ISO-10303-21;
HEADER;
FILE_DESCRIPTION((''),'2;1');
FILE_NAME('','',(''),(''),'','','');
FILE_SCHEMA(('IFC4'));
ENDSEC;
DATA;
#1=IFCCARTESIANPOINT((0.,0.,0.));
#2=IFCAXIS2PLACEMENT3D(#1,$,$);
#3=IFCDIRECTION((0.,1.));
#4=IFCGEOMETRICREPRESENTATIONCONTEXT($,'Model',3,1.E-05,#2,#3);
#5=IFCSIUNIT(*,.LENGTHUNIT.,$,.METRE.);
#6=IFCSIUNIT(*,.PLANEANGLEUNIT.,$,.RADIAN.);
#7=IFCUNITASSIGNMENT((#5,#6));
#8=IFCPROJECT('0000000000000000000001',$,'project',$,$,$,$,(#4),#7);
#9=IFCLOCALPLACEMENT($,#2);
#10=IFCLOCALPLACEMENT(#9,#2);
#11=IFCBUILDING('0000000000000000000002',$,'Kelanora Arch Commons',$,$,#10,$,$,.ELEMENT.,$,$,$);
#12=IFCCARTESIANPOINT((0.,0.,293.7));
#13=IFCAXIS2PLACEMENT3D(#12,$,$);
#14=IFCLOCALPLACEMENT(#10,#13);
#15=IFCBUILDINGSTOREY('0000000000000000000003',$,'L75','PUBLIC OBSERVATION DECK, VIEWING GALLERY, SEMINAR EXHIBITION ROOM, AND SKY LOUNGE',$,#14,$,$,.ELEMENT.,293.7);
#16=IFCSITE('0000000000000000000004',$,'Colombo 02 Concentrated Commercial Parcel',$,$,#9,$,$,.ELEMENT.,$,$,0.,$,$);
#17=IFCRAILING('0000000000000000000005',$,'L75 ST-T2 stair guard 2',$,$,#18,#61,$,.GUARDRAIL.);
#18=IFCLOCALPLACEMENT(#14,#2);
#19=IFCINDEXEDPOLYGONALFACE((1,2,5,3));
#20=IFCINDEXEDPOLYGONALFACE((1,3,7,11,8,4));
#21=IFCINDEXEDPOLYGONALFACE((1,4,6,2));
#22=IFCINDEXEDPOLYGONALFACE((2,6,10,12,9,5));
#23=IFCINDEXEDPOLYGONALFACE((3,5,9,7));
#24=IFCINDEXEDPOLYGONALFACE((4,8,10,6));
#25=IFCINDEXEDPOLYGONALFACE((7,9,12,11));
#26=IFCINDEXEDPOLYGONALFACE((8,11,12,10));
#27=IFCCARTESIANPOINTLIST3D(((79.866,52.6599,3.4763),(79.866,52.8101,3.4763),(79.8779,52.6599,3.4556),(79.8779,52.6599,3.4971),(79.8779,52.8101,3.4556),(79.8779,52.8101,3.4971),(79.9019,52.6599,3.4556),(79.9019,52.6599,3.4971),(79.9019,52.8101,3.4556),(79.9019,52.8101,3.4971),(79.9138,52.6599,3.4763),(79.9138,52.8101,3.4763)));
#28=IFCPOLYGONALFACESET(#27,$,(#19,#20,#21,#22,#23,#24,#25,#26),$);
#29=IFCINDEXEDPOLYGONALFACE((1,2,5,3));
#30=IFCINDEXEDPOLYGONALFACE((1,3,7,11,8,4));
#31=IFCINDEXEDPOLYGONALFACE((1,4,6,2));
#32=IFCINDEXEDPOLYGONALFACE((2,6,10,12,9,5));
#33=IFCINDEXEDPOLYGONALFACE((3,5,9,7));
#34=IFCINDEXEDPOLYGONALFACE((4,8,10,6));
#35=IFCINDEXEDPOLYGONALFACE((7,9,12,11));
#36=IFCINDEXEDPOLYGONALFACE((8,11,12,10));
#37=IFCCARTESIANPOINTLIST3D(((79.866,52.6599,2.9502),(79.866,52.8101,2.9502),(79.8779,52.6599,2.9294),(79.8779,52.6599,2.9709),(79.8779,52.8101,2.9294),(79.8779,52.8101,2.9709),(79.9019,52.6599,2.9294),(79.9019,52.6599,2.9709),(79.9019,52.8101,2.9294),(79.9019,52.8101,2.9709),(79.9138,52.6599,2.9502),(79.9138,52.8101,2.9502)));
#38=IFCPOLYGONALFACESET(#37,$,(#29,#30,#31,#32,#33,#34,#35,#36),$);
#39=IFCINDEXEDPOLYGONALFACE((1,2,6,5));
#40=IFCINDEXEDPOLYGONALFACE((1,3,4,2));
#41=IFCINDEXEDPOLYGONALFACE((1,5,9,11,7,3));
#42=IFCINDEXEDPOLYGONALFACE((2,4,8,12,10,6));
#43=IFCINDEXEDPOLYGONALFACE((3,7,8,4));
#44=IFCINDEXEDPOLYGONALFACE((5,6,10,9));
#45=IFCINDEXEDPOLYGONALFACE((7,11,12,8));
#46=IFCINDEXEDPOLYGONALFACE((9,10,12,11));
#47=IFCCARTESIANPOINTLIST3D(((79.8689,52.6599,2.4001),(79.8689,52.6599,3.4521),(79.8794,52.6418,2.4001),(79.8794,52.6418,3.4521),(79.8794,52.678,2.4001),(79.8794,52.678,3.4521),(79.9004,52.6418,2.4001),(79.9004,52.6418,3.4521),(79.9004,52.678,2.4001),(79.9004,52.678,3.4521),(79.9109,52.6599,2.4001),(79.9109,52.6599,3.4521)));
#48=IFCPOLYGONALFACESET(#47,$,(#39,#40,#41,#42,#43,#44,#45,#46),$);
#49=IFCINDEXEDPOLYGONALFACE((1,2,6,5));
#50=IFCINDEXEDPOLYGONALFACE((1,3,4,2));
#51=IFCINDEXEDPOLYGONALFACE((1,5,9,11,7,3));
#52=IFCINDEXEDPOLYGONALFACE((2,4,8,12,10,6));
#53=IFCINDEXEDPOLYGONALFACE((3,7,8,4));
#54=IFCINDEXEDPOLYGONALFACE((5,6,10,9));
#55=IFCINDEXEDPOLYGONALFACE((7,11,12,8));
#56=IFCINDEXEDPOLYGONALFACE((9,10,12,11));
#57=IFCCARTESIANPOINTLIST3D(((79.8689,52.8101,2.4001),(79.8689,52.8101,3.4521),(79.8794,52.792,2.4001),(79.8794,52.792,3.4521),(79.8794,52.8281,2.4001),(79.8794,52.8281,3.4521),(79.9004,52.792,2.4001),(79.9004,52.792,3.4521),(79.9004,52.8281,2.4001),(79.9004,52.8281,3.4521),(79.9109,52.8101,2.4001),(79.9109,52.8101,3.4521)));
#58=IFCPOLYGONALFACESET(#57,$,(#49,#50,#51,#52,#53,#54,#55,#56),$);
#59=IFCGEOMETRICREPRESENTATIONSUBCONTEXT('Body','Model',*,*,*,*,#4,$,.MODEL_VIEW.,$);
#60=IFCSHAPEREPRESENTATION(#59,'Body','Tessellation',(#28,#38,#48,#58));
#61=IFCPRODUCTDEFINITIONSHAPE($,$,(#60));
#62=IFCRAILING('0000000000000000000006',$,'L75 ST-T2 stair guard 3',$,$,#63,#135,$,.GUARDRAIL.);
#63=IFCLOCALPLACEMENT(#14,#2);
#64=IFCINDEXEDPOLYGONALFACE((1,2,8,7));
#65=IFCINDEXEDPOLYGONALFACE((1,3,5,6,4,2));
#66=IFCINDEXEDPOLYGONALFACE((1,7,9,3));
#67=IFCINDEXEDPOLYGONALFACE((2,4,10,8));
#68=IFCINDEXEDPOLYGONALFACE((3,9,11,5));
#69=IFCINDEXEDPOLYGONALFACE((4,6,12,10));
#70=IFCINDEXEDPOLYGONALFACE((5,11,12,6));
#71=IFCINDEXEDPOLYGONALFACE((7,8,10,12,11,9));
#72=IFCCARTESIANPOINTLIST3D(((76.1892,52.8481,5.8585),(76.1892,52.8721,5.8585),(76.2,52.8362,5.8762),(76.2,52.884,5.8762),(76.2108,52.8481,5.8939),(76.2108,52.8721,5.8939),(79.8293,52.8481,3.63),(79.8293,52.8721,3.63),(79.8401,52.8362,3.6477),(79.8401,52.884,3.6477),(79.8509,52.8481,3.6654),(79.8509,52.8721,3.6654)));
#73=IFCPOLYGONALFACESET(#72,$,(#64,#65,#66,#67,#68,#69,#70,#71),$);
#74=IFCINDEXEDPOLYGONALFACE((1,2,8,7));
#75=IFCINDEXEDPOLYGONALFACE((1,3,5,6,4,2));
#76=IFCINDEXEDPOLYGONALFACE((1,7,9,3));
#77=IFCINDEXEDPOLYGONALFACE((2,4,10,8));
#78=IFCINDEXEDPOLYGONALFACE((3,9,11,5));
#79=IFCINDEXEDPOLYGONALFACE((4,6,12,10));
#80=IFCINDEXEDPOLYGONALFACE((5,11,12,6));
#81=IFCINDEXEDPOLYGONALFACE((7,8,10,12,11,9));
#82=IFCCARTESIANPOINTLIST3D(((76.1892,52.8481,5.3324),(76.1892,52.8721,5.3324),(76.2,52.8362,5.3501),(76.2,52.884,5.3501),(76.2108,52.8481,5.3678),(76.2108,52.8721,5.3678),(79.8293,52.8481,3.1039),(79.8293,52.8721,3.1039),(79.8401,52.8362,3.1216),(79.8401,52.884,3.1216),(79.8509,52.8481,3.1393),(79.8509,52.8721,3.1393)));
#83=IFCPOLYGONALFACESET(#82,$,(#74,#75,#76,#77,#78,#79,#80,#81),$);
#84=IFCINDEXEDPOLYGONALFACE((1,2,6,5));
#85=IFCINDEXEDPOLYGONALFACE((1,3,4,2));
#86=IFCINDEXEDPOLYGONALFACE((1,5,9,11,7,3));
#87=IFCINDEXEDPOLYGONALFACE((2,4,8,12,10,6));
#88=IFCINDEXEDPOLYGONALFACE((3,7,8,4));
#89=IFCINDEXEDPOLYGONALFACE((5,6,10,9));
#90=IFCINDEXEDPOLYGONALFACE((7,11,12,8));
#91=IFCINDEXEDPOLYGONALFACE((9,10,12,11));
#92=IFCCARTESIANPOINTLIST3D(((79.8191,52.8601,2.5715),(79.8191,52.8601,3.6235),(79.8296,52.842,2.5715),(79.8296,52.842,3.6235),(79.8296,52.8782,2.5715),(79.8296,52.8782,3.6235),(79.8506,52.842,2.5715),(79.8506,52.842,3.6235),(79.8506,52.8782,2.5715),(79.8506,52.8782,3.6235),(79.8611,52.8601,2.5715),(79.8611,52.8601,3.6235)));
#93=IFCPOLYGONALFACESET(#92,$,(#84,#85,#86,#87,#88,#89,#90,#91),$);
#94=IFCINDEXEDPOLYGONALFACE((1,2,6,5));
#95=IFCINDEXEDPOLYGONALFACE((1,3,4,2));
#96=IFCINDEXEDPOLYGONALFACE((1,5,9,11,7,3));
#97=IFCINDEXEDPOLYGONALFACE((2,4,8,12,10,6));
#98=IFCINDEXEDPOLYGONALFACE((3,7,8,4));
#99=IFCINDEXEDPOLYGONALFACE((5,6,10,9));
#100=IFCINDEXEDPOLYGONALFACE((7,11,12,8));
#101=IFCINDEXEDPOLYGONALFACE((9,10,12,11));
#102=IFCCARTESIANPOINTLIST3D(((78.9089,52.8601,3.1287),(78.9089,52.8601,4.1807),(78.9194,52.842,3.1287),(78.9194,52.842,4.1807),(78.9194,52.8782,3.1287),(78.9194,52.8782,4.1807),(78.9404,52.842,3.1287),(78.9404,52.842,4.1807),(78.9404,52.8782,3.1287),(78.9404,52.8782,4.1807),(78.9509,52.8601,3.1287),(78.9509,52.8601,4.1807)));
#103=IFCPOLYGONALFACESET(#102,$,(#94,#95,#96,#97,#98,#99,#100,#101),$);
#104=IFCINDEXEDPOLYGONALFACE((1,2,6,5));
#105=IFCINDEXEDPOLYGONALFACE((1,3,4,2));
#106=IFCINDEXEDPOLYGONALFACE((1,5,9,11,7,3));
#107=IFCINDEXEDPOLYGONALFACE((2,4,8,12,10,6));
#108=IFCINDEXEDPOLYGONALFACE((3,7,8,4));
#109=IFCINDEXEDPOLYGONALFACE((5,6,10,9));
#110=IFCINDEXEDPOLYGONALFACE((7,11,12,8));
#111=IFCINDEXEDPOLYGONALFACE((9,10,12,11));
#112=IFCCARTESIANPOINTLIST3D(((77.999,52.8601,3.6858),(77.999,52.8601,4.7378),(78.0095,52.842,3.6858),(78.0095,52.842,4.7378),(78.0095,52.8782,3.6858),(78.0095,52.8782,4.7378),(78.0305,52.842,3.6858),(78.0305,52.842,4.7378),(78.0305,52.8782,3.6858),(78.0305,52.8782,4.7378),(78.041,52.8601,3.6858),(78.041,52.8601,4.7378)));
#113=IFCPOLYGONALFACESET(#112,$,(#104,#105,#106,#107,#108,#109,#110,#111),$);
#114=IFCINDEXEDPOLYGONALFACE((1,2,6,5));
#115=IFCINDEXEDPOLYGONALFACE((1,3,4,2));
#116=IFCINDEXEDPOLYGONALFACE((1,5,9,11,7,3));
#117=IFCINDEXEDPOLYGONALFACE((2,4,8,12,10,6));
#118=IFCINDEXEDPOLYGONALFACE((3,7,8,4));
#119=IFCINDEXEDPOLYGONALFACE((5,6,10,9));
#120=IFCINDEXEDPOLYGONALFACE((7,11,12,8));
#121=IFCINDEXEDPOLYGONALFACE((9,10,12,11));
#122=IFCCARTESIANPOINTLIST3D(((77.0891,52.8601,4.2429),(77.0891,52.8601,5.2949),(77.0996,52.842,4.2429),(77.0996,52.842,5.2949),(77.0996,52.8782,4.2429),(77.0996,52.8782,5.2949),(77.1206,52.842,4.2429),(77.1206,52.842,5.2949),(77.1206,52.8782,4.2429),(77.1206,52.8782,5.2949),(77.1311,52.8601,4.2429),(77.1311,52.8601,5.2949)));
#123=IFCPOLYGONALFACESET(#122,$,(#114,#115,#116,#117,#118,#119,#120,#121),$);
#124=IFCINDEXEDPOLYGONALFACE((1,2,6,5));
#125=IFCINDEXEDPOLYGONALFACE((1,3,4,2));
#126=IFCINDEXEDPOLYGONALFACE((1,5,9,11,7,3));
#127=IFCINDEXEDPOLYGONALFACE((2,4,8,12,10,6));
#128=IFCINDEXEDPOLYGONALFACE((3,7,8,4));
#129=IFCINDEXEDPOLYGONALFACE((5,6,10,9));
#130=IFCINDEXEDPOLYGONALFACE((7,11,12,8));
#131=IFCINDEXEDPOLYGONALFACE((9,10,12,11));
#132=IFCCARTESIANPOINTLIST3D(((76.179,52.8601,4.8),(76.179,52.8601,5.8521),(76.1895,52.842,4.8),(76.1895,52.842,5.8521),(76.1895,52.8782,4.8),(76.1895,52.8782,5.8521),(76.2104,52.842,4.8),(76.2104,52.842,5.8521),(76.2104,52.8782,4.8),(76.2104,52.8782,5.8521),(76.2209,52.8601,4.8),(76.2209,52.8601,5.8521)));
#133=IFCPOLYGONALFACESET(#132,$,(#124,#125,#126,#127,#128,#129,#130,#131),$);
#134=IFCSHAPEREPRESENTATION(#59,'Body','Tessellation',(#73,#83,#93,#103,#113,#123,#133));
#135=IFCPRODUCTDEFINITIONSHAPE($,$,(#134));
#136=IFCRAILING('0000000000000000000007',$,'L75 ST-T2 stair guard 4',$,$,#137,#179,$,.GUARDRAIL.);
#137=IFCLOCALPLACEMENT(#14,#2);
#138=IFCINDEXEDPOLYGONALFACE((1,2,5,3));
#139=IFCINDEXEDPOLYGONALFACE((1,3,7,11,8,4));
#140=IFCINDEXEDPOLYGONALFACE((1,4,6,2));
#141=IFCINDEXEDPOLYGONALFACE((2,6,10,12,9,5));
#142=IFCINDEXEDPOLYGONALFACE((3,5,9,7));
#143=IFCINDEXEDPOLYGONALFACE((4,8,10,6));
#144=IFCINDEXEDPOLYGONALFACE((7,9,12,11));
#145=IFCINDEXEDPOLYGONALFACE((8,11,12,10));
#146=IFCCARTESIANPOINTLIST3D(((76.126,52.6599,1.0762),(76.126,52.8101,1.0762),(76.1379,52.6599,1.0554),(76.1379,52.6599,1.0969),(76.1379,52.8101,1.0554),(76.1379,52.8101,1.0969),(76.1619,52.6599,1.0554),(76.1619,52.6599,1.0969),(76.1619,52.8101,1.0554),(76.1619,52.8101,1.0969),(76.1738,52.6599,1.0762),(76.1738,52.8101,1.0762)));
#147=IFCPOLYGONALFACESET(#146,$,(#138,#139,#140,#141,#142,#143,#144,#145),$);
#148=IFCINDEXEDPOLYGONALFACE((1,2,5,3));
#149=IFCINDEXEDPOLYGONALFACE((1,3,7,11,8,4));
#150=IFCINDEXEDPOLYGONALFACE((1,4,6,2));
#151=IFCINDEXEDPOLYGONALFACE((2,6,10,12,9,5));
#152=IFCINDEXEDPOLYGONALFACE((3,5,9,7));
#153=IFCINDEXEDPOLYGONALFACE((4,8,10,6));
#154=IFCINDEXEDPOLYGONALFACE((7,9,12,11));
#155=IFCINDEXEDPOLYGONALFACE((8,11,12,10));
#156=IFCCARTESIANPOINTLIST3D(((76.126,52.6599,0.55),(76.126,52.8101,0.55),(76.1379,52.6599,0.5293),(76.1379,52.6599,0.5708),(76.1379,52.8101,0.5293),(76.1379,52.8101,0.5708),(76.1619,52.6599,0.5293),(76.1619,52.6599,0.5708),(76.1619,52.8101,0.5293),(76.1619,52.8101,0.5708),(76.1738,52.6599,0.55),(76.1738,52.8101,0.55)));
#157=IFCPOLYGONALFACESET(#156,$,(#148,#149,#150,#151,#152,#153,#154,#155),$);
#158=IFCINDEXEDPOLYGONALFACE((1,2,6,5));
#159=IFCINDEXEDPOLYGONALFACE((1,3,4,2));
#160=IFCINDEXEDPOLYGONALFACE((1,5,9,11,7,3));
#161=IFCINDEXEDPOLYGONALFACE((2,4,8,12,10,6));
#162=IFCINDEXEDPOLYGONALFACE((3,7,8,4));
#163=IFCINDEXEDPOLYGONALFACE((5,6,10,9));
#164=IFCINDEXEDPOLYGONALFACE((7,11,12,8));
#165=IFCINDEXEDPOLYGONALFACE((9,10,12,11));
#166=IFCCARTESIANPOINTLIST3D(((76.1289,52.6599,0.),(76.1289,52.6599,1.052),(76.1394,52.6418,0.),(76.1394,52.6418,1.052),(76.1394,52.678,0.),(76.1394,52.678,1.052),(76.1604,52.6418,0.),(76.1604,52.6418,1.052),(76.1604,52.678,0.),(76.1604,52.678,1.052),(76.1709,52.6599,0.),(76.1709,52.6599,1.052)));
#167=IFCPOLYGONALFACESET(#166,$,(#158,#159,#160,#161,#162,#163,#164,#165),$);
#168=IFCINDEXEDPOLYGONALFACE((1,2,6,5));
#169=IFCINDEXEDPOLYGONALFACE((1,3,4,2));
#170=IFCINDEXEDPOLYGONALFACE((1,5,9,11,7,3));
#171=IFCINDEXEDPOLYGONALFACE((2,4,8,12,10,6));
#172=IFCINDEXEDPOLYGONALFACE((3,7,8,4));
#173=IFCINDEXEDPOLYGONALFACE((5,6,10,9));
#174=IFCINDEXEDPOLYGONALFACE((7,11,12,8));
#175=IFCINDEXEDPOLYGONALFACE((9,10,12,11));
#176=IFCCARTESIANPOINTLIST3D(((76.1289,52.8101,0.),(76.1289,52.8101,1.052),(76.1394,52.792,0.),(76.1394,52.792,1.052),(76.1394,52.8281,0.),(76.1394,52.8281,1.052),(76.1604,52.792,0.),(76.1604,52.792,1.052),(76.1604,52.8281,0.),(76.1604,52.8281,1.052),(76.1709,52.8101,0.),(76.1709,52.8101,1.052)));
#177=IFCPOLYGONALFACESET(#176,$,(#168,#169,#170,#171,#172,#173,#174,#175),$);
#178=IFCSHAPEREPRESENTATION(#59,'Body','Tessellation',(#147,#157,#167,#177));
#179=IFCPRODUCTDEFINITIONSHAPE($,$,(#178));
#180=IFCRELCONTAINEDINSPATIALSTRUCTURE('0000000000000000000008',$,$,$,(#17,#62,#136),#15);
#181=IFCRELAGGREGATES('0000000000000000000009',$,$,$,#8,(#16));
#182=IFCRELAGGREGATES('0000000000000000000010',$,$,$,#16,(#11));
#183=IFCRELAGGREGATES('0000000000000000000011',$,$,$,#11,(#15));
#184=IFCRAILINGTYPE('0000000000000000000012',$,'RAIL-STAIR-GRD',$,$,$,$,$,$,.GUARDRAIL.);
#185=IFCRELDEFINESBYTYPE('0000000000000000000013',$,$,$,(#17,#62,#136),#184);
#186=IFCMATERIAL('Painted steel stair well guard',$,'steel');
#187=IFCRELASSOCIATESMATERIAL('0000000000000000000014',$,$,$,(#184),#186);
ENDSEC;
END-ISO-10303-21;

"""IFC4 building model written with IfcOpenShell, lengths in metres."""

from ifc_helpers import new_model, si_unit, direction, frame, origin, place, context, subcontext, project, spatial, polyline, outline, extrude, material, type_object, element, save


model = new_model("IFC4")

# Units and contexts
model_context = context("Model", 3, precision=1e-05, world=origin(), true_north=direction((0.0, 1.0)))
body_context = subcontext(model_context, "Body", "Model", "MODEL_VIEW")
ifc_project = project(units=[si_unit("LENGTHUNIT", "METRE"), si_unit("PLANEANGLEUNIT", "RADIAN")], contexts=[model_context])

# Site, building, storey
site_placement = place(None, origin())
site = spatial("IfcSite", under=ifc_project, at=site_placement, Name="Colombo 02 Concentrated Commercial Parcel", CompositionType="ELEMENT", RefElevation=0.0)
building_placement = place(site_placement, origin())
building = spatial("IfcBuilding", under=site, at=building_placement, Name="Kelanora Arch Commons", CompositionType="ELEMENT")
storey_placement = place(building_placement, frame((0.0, 0.0, 293.7)))
storey = spatial("IfcBuildingStorey", under=building, at=storey_placement, Name="L75", Description="PUBLIC OBSERVATION DECK, VIEWING GALLERY, SEMINAR EXHIBITION ROOM, AND SKY LOUNGE", CompositionType="ELEMENT", Elevation=293.7)

# Railings
ifc_material_1 = material(Name="Painted steel stair well guard", Category="steel")
railing_type_1 = type_object("IfcRailingType", Name="RAIL-STAIR-GRD", PredefinedType="GUARDRAIL", material=ifc_material_1)
railing_1_placement = place(storey_placement, frame((79.8899, 52.6599, 2.4001)))
element("IfcRailing", 1, at=railing_1_placement, inside=storey, type_object=railing_type_1, Name="L75 ST-T2 stair guard 2", PredefinedType="GUARDRAIL", context=body_context, shape_type="SweptSolid", body=[
    extrude(outline(polyline([(0.0239, 0.0), (0.012, 0.0208), (-0.012, 0.0208), (-0.0239, 0.0), (-0.012, -0.0208), (0.012, -0.0208), (0.0239, 0.0)])), frame((0.0, 0.0, 1.0762), z_axis=(0.0, 1.0, 0.0), x_axis=(-1.0, 0.0, 0.0)), (0.0, 0.0, 1.0), 0.1501),
    extrude(outline(polyline([(0.0239, 0.0), (0.012, 0.0208), (-0.012, 0.0208), (-0.0239, 0.0), (-0.012, -0.0208), (0.012, -0.0208), (0.0239, 0.0)])), frame((0.0, 0.0, 0.55), z_axis=(0.0, 1.0, 0.0), x_axis=(-1.0, 0.0, 0.0)), (0.0, 0.0, 1.0), 0.1501),
    extrude(outline(polyline([(0.021, 0.0), (0.0105, 0.0181), (-0.0105, 0.0181), (-0.021, 0.0), (-0.0105, -0.0181), (0.0105, -0.0181), (0.021, 0.0)])), origin(), (0.0, 0.0, 1.0), 1.052),
    extrude(outline(polyline([(0.021, 0.0), (0.0105, 0.0181), (-0.0105, 0.0181), (-0.021, 0.0), (-0.0105, -0.0181), (0.0105, -0.0181), (0.021, 0.0)])), frame((0.0, 0.1501, 0.0)), (0.0, 0.0, 1.0), 1.052),
])
railing_2_placement = place(storey_placement, frame((79.8401, 52.8601, 2.5715)))
element("IfcRailing", 2, at=railing_2_placement, inside=storey, type_object=railing_type_1, Name="L75 ST-T2 stair guard 3", PredefinedType="GUARDRAIL", context=body_context, shape_type="SweptSolid", body=[
    extrude(outline(polyline([(0.0239, 0.0), (0.012, 0.0208), (-0.012, 0.0208), (-0.0239, 0.0), (-0.012, -0.0208), (0.012, -0.0208), (0.0239, 0.0)])), frame((0.0, 0.0, 1.0762), z_axis=(-0.852866, 0.0, 0.52213), x_axis=(0.0, -1.0, 0.0)), (0.0, 0.0, 1.0), 4.2681),
    extrude(outline(polyline([(0.0239, 0.0), (0.012, 0.0208), (-0.012, 0.0208), (-0.0239, 0.0), (-0.012, -0.0208), (0.012, -0.0208), (0.0239, 0.0)])), frame((0.0, 0.0, 0.55), z_axis=(-0.852866, 0.0, 0.52213), x_axis=(0.0, -1.0, 0.0)), (0.0, 0.0, 1.0), 4.2681),
    extrude(outline(polyline([(0.021, 0.0), (0.0105, 0.0181), (-0.0105, 0.0181), (-0.021, 0.0), (-0.0105, -0.0181), (0.0105, -0.0181), (0.021, 0.0)])), origin(), (0.0, 0.0, 1.0), 1.052),
    extrude(outline(polyline([(0.021, 0.0), (0.0105, 0.0181), (-0.0105, 0.0181), (-0.021, 0.0), (-0.0105, -0.0181), (0.0105, -0.0181), (0.021, 0.0)])), frame((-0.9102, 0.0, 0.5571)), (0.0, 0.0, 1.0), 1.052),
    extrude(outline(polyline([(0.021, 0.0), (0.0105, 0.0181), (-0.0105, 0.0181), (-0.021, 0.0), (-0.0105, -0.0181), (0.0105, -0.0181), (0.021, 0.0)])), frame((-1.8201, 0.0, 1.1143)), (0.0, 0.0, 1.0), 1.052),
    extrude(outline(polyline([(0.021, 0.0), (0.0105, 0.0181), (-0.0105, 0.0181), (-0.021, 0.0), (-0.0105, -0.0181), (0.0105, -0.0181), (0.021, 0.0)])), frame((-2.73, 0.0, 1.6714)), (0.0, 0.0, 1.0), 1.052),
    extrude(outline(polyline([(0.021, 0.0), (0.0105, 0.0181), (-0.0105, 0.0181), (-0.021, 0.0), (-0.0105, -0.0181), (0.0105, -0.0181), (0.021, 0.0)])), frame((-3.6401, 0.0, 2.2285)), (0.0, 0.0, 1.0), 1.052),
])
railing_3_placement = place(storey_placement, frame((76.1499, 52.6599, 0.0)))
element("IfcRailing", 3, at=railing_3_placement, inside=storey, type_object=railing_type_1, Name="L75 ST-T2 stair guard 4", PredefinedType="GUARDRAIL", context=body_context, shape_type="SweptSolid", body=[
    extrude(outline(polyline([(0.0239, 0.0), (0.012, 0.0208), (-0.012, 0.0208), (-0.0239, 0.0), (-0.012, -0.0208), (0.012, -0.0208), (0.0239, 0.0)])), frame((0.0, 0.0, 1.0762), z_axis=(0.0, 1.0, 0.0), x_axis=(-1.0, 0.0, 0.0)), (0.0, 0.0, 1.0), 0.1501),
    extrude(outline(polyline([(0.0239, 0.0), (0.012, 0.0208), (-0.012, 0.0208), (-0.0239, 0.0), (-0.012, -0.0208), (0.012, -0.0208), (0.0239, 0.0)])), frame((0.0, 0.0, 0.55), z_axis=(0.0, 1.0, 0.0), x_axis=(-1.0, 0.0, 0.0)), (0.0, 0.0, 1.0), 0.1501),
    extrude(outline(polyline([(0.021, 0.0), (0.0105, 0.0181), (-0.0105, 0.0181), (-0.021, 0.0), (-0.0105, -0.0181), (0.0105, -0.0181), (0.021, 0.0)])), origin(), (0.0, 0.0, 1.0), 1.052),
    extrude(outline(polyline([(0.021, 0.0), (0.0105, 0.0181), (-0.0105, 0.0181), (-0.021, 0.0), (-0.0105, -0.0181), (0.0105, -0.0181), (0.021, 0.0)])), frame((0.0, 0.1501, 0.0)), (0.0, 0.0, 1.0), 1.052),
])

save(model, "model.ifc")
